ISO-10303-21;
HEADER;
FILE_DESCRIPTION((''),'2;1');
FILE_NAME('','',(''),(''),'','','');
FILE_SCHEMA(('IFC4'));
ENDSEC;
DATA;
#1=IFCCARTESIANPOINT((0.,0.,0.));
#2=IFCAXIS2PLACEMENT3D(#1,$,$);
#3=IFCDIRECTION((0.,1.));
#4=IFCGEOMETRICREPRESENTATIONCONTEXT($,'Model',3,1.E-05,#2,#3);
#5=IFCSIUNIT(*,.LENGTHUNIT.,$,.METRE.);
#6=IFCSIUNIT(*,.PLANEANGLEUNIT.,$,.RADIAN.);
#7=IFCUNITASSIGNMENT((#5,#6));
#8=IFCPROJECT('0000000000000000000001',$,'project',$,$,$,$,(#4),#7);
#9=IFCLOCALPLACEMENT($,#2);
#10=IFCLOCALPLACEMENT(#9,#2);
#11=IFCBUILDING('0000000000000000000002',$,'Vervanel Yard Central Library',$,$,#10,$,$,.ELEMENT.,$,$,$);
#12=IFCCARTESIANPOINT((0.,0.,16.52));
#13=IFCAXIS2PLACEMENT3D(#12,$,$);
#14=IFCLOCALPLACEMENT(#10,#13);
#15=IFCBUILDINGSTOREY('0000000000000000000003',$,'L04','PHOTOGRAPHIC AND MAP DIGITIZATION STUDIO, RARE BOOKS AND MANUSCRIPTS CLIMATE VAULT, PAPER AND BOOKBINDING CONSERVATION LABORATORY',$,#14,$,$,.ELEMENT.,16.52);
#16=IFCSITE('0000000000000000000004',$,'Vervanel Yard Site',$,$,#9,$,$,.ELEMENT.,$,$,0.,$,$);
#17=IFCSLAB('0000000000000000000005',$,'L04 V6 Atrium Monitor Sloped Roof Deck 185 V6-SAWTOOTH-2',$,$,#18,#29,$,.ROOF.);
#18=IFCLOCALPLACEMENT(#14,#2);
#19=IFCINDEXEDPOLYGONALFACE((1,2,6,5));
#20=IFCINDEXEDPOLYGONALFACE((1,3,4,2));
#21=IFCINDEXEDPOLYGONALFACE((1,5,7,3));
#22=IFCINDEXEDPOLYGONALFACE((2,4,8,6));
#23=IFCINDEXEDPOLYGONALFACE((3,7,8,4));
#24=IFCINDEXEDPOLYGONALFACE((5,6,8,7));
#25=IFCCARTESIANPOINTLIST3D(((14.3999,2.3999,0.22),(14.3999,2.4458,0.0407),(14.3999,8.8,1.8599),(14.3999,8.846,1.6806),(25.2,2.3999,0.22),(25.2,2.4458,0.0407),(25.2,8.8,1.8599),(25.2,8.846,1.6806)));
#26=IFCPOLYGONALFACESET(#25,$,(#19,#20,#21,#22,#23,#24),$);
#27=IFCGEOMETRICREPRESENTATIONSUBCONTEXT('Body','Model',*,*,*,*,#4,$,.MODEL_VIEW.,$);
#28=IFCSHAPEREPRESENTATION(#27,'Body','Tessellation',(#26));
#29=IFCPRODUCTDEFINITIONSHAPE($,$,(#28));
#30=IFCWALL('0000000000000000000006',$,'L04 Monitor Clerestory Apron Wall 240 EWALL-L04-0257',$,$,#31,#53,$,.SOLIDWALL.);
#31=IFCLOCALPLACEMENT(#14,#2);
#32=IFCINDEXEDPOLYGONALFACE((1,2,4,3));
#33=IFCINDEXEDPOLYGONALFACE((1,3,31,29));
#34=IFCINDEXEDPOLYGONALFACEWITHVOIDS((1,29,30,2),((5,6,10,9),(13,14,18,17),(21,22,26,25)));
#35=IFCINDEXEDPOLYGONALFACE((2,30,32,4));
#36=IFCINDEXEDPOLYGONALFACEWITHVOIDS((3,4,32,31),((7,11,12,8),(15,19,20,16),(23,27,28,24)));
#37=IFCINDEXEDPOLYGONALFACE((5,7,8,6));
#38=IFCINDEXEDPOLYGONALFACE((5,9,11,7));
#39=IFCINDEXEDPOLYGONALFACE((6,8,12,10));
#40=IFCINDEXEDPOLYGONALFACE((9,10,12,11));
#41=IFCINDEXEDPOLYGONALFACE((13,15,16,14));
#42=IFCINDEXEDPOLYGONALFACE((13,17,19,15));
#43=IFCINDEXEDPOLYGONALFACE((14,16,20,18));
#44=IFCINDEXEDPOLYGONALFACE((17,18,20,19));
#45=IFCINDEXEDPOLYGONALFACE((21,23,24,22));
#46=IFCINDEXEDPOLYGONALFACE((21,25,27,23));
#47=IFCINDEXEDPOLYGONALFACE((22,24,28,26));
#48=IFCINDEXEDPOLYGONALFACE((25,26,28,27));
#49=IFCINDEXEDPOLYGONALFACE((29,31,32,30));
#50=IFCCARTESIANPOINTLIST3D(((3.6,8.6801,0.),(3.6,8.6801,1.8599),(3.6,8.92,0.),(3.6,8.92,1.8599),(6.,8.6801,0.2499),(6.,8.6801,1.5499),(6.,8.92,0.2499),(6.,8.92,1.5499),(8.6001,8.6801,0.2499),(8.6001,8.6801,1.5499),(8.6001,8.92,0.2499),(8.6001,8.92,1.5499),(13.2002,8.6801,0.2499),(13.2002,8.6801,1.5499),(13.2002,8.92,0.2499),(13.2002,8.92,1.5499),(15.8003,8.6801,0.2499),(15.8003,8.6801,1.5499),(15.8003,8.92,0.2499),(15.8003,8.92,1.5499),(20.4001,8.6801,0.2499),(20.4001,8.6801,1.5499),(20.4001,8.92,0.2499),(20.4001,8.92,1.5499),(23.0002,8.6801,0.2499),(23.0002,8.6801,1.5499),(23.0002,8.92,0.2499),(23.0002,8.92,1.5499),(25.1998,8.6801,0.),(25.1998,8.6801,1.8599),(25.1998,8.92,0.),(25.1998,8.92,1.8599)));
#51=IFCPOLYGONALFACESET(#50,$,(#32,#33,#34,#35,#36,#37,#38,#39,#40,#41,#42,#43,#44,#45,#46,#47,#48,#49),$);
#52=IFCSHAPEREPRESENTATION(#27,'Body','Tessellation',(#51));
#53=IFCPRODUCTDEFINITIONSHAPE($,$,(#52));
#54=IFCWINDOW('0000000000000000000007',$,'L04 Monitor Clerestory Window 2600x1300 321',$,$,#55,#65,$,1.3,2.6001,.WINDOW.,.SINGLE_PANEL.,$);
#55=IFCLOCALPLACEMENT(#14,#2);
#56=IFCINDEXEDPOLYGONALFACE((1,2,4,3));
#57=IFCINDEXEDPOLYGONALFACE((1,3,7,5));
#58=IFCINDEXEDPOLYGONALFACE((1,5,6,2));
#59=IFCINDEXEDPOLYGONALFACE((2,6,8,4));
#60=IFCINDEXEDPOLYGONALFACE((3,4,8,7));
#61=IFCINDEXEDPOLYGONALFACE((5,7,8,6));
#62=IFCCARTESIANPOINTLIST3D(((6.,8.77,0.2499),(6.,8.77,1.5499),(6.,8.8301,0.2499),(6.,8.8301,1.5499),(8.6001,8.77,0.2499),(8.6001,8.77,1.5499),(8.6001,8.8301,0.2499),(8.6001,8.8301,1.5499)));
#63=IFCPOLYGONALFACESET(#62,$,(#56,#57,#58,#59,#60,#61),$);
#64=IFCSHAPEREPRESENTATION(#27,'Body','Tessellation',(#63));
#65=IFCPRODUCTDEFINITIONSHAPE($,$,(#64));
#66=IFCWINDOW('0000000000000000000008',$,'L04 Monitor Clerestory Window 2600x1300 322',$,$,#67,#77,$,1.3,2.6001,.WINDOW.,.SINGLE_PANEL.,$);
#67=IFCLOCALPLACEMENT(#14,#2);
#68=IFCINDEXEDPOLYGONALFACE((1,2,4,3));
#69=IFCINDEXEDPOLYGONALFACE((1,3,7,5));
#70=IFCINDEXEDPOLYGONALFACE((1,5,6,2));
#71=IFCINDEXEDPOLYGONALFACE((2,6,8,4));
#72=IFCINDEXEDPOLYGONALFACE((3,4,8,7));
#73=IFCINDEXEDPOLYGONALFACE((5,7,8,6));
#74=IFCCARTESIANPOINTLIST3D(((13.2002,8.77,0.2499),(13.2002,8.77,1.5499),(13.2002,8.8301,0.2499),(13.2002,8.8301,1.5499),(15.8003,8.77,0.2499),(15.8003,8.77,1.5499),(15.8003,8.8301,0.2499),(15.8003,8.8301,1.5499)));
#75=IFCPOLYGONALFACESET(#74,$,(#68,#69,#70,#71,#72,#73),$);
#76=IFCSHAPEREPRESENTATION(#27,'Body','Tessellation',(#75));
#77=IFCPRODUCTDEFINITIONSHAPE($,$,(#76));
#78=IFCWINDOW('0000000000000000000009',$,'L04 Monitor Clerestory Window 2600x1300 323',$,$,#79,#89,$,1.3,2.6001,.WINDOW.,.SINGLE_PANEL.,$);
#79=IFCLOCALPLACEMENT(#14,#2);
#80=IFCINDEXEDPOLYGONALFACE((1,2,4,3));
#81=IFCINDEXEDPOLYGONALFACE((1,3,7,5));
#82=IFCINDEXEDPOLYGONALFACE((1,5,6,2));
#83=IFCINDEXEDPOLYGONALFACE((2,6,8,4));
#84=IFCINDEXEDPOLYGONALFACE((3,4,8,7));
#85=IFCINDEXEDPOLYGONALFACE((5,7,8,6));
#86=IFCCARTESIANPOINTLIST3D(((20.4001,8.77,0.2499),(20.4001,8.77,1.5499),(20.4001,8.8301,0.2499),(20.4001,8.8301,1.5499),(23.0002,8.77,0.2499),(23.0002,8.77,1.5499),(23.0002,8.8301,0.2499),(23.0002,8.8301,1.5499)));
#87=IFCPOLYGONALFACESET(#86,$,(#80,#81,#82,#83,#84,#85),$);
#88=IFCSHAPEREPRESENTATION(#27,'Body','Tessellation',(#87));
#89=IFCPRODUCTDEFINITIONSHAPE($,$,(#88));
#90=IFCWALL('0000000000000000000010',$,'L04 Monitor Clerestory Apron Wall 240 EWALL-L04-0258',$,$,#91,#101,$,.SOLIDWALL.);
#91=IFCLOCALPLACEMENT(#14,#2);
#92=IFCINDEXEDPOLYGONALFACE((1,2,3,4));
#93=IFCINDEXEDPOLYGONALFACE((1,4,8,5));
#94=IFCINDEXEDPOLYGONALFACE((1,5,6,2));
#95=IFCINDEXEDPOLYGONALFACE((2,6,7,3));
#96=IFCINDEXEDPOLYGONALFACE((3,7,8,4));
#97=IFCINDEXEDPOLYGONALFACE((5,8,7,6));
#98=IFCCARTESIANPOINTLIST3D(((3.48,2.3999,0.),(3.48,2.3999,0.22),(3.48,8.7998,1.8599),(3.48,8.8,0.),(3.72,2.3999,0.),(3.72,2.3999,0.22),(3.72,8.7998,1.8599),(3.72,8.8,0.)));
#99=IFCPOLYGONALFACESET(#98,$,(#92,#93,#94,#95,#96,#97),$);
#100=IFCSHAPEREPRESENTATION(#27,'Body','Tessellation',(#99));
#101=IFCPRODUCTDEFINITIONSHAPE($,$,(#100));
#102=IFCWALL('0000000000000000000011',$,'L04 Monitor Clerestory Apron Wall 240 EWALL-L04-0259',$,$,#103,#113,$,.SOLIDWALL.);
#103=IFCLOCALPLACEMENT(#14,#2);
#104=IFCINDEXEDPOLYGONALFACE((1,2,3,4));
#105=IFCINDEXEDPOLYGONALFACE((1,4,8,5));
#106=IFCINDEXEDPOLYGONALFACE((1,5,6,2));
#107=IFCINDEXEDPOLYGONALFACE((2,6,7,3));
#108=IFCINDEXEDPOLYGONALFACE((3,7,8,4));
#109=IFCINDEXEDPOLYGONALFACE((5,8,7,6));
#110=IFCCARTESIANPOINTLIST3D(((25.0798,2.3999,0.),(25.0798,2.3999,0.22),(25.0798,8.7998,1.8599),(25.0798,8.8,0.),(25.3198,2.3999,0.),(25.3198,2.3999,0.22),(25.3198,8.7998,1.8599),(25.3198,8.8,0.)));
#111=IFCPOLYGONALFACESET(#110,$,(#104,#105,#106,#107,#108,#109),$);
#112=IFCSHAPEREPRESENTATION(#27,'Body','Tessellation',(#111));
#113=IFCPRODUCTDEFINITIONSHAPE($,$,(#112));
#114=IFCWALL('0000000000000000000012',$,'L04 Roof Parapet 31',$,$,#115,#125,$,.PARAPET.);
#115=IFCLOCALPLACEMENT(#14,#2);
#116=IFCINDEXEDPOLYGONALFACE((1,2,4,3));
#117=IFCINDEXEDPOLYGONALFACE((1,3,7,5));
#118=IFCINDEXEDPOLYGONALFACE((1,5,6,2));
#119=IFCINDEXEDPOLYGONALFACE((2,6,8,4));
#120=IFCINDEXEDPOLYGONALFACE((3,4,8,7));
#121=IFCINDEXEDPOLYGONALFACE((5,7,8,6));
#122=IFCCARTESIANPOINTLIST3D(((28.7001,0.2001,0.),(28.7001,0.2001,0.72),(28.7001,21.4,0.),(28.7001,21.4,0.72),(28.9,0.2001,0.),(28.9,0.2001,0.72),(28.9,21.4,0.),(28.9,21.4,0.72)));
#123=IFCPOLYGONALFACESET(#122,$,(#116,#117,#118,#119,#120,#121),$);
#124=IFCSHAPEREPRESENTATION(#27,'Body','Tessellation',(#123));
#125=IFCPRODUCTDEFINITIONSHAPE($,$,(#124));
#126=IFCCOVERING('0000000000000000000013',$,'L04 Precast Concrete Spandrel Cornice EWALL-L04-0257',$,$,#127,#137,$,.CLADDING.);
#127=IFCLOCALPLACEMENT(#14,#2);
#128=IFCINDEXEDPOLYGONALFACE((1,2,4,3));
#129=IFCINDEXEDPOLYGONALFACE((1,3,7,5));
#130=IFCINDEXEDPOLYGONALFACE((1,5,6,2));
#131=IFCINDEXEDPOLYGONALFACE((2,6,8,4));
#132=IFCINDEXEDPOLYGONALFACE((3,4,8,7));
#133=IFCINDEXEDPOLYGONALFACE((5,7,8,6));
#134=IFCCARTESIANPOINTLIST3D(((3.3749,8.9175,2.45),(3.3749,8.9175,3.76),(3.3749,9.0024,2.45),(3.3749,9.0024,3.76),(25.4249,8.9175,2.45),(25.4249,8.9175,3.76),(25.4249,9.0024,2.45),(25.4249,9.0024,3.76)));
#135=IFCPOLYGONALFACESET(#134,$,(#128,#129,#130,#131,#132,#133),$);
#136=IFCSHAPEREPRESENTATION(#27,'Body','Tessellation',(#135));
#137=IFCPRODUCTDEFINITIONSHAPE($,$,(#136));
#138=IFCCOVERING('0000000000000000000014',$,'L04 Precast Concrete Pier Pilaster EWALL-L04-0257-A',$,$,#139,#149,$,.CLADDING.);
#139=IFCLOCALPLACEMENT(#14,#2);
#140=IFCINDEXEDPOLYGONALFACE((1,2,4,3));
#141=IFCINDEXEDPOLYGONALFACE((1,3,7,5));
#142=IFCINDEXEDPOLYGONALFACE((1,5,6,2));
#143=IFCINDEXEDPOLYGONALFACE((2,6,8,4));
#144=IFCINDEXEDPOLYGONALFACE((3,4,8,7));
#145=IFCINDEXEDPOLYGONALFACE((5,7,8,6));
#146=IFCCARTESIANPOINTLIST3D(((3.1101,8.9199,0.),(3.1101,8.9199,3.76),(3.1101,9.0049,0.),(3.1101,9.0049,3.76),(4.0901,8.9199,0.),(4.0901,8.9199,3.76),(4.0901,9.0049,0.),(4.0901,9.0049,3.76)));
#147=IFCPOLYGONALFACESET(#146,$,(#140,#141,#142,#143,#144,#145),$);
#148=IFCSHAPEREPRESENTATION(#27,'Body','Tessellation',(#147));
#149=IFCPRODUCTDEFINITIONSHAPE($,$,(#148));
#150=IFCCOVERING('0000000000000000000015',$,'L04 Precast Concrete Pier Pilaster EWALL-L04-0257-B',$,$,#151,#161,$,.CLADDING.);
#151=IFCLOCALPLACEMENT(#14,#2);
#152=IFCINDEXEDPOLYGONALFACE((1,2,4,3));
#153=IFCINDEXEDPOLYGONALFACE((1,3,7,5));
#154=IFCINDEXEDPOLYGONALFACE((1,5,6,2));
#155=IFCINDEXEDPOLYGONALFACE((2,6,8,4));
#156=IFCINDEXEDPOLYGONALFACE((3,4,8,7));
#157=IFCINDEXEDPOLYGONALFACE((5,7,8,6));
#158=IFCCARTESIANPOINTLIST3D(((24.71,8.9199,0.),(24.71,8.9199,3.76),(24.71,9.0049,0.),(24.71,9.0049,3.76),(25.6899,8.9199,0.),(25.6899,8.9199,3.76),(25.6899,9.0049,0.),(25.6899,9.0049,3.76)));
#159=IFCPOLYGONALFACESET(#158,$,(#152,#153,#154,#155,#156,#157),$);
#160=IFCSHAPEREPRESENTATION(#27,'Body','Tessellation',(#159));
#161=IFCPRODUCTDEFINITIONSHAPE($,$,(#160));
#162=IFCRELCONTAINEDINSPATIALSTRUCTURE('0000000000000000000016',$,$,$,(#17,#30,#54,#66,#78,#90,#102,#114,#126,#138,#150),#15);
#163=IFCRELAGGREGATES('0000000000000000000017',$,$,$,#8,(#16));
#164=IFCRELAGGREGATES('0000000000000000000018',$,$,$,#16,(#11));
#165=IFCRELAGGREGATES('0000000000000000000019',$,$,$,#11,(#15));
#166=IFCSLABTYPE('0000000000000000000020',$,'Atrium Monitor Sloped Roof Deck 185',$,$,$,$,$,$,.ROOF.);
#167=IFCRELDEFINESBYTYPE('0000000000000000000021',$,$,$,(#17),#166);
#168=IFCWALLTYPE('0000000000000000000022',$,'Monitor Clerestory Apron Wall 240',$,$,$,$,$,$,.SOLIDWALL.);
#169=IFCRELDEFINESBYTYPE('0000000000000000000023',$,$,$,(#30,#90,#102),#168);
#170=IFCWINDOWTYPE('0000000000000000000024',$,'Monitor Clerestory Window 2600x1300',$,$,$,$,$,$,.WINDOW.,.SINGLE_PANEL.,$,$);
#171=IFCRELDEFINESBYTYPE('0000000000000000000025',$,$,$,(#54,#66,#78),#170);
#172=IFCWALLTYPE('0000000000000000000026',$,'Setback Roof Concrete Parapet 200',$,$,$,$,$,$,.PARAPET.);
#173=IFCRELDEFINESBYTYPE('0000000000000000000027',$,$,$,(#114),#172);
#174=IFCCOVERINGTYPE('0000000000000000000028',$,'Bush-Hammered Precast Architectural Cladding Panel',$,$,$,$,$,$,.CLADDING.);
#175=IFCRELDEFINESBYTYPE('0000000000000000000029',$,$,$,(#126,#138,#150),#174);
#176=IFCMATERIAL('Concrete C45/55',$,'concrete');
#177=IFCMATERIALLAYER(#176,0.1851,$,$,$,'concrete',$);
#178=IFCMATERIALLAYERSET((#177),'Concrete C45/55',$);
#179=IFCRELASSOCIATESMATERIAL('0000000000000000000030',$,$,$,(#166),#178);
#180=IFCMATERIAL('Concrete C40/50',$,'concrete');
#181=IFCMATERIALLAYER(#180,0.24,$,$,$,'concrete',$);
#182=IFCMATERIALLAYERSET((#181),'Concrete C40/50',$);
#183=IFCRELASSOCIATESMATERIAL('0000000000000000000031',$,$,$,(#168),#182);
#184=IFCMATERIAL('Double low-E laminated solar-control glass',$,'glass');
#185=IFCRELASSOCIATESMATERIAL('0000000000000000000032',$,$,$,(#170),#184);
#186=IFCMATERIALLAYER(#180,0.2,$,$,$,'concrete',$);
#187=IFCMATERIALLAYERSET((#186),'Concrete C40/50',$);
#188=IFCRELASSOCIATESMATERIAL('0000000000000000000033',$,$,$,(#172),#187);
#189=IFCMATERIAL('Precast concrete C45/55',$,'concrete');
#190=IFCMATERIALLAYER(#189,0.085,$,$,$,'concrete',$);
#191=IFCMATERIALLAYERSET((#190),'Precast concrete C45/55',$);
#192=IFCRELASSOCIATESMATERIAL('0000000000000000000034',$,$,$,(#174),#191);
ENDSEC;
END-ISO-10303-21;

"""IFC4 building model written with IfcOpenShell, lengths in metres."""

from ifc_helpers import new_model, si_unit, direction, frame, frame_2d, origin, origin_2d, place, context, subcontext, project, spatial, polyline, rectangle, outline, extrude, material, layer, layer_set, type_object, element, fill, save


model = new_model("IFC4")

# Units and contexts
model_context = context("Model", 3, precision=1e-05, world=origin(), true_north=direction((0.0, 1.0)))
body_context = subcontext(model_context, "Body", "Model", "MODEL_VIEW")
ifc_project = project(units=[si_unit("LENGTHUNIT", "METRE"), si_unit("PLANEANGLEUNIT", "RADIAN")], contexts=[model_context])

# Site, building, storey
site_placement = place(None, origin())
site = spatial("IfcSite", under=ifc_project, at=site_placement, Name="Vervanel Yard Site", CompositionType="ELEMENT", RefElevation=0.0)
building_placement = place(site_placement, origin())
building = spatial("IfcBuilding", under=site, at=building_placement, Name="Vervanel Yard Central Library", CompositionType="ELEMENT")
storey_placement = place(building_placement, frame((0.0, 0.0, 16.52)))
storey = spatial("IfcBuildingStorey", under=building, at=storey_placement, Name="L04", Description="PHOTOGRAPHIC AND MAP DIGITIZATION STUDIO, RARE BOOKS AND MANUSCRIPTS CLIMATE VAULT, PAPER AND BOOKBINDING CONSERVATION LABORATORY", CompositionType="ELEMENT", Elevation=16.52)

# Shared definitions
ifc_material_1 = material(Name="Concrete C45/55", Category="concrete")
ifc_material_2 = material(Name="Concrete C40/50", Category="concrete")

# Slab
ifc_layer_1 = layer(ifc_material_1, 0.1851, Category="concrete")
ifc_layer_set_1 = layer_set([ifc_layer_1], Name="Concrete C45/55")
slab_type = type_object("IfcSlabType", Name="Atrium Monitor Sloped Roof Deck 185", PredefinedType="ROOF", material=ifc_layer_set_1)
slab_1_placement = place(storey_placement, frame((14.3999, 2.3999, 0.22), z_axis=(0.0, -0.248209, 0.968706), x_axis=(1.0, 0.0, 0.0)))
element("IfcSlab", 1, at=slab_1_placement, inside=storey, type_object=slab_type, Name="L04 V6 Atrium Monitor Sloped Roof Deck 185 V6-SAWTOOTH-2", PredefinedType="ROOF", context=body_context, shape_type="SweptSolid", body=[
    extrude(outline(polyline([(0.0, 0.0), (10.8, 0.0), (10.8, 6.6069), (0.0, 6.6069), (0.0, 0.0)])), origin(), (0.0, 0.0, -1.0), 0.1851),
])

# Wall, openings, windows
ifc_layer_2 = layer(ifc_material_2, 0.24, Category="concrete")
ifc_layer_set_2 = layer_set([ifc_layer_2], Name="Concrete C40/50")
wall_type_1 = type_object("IfcWallType", Name="Monitor Clerestory Apron Wall 240", PredefinedType="SOLIDWALL", material=ifc_layer_set_2)
wall_1_placement = place(storey_placement, frame((3.6001, 8.8, 0.0), z_axis=(0.0, 0.0, 1.0), x_axis=(1.0, 0.0, 0.0)))
wall_1 = element("IfcWall", 2, at=wall_1_placement, inside=storey, type_object=wall_type_1, Name="L04 Monitor Clerestory Apron Wall 240 EWALL-L04-0257", PredefinedType="SOLIDWALL", context=body_context, shape_type="SweptSolid", body=[
    extrude(rectangle(XDim=21.5999, YDim=0.24, at=frame_2d((10.7998, 0.0))), origin(), (0.0, 0.0, 1.0), 1.8599),
])
opening_1_placement = place(wall_1_placement, frame((2.3999, 0.0, 0.25)))
opening_1 = element("IfcOpeningElement", 3, at=opening_1_placement, cuts=wall_1, PredefinedType="OPENING", context=body_context, shape_type="SweptSolid", body=[
    extrude(rectangle(XDim=2.6001, YDim=1.3, at=frame_2d((1.3, 0.6499))), frame((0.0, 0.1299, 0.0), z_axis=(0.0, -1.0, 0.0), x_axis=(1.0, 0.0, 0.0)), (0.0, 0.0, 1.0), 0.26),
])
opening_2_placement = place(wall_1_placement, frame((9.6001, 0.0, 0.25)))
opening_2 = element("IfcOpeningElement", 4, at=opening_2_placement, cuts=wall_1, PredefinedType="OPENING", context=body_context, shape_type="SweptSolid", body=[
    extrude(rectangle(XDim=2.6001, YDim=1.3, at=frame_2d((1.3, 0.6499))), frame((0.0, 0.1299, 0.0), z_axis=(0.0, -1.0, 0.0), x_axis=(1.0, 0.0, 0.0)), (0.0, 0.0, 1.0), 0.26),
])
opening_3_placement = place(wall_1_placement, frame((16.8, 0.0, 0.25)))
opening_3 = element("IfcOpeningElement", 5, at=opening_3_placement, cuts=wall_1, PredefinedType="OPENING", context=body_context, shape_type="SweptSolid", body=[
    extrude(rectangle(XDim=2.6001, YDim=1.3, at=frame_2d((1.3, 0.6499))), frame((0.0, 0.1299, 0.0), z_axis=(0.0, -1.0, 0.0), x_axis=(1.0, 0.0, 0.0)), (0.0, 0.0, 1.0), 0.26),
])
ifc_material_3 = material(Name="Double low-E laminated solar-control glass", Category="glass")
window_type = type_object("IfcWindowType", Name="Monitor Clerestory Window 2600x1300", PartitioningType="SINGLE_PANEL", PredefinedType="WINDOW", material=ifc_material_3)
window_1_placement = place(opening_1_placement, origin())
window_1 = element("IfcWindow", 6, at=window_1_placement, inside=storey, type_object=window_type, Name="L04 Monitor Clerestory Window 2600x1300 321", OverallHeight=1.3, OverallWidth=2.6001, PartitioningType="SINGLE_PANEL", PredefinedType="WINDOW", context=body_context, shape_type="SweptSolid", body=[
    extrude(rectangle(XDim=2.6001, YDim=1.3, at=frame_2d((1.3, 0.6499))), frame((0.0, 0.03, 0.0), z_axis=(0.0, -1.0, 0.0), x_axis=(1.0, 0.0, 0.0)), (0.0, 0.0, 1.0), 0.0601),
])
fill(opening_1, window_1)
window_2_placement = place(opening_2_placement, origin())
window_2 = element("IfcWindow", 7, at=window_2_placement, inside=storey, type_object=window_type, Name="L04 Monitor Clerestory Window 2600x1300 322", OverallHeight=1.3, OverallWidth=2.6001, PartitioningType="SINGLE_PANEL", PredefinedType="WINDOW", context=body_context, shape_type="SweptSolid", body=[
    extrude(rectangle(XDim=2.6001, YDim=1.3, at=frame_2d((1.3, 0.6499))), frame((0.0, 0.03, 0.0), z_axis=(0.0, -1.0, 0.0), x_axis=(1.0, 0.0, 0.0)), (0.0, 0.0, 1.0), 0.0601),
])
fill(opening_2, window_2)
window_3_placement = place(opening_3_placement, origin())
window_3 = element("IfcWindow", 8, at=window_3_placement, inside=storey, type_object=window_type, Name="L04 Monitor Clerestory Window 2600x1300 323", OverallHeight=1.3, OverallWidth=2.6001, PartitioningType="SINGLE_PANEL", PredefinedType="WINDOW", context=body_context, shape_type="SweptSolid", body=[
    extrude(rectangle(XDim=2.6001, YDim=1.3, at=frame_2d((1.3, 0.6499))), frame((0.0, 0.03, 0.0), z_axis=(0.0, -1.0, 0.0), x_axis=(1.0, 0.0, 0.0)), (0.0, 0.0, 1.0), 0.0601),
])
fill(opening_3, window_3)

# Walls
for number, where, z_axis, x_axis, name in (
    (9, (3.6001, 2.3999, 0.0), (0.0, 0.0, 1.0), (0.0, 1.0, 0.0), "L04 Monitor Clerestory Apron Wall 240 EWALL-L04-0258"),
    (10, (25.2, 2.3999, 0.0), (0.0, 0.0, 1.0), (0.0, 1.0, 0.0), "L04 Monitor Clerestory Apron Wall 240 EWALL-L04-0259"),
):
    element("IfcWall", number, at=place(storey_placement, frame(where, z_axis=z_axis, x_axis=x_axis)), inside=storey, type_object=wall_type_1, Name=name, PredefinedType="SOLIDWALL", context=body_context, shape_type="SweptSolid", body=[
        extrude(outline(polyline([(0.0, 0.0), (6.4001, 0.0), (6.3999, 1.8599), (0.0, 0.22), (0.0, 0.0)])), frame((0.0, 0.1201, 0.0), z_axis=(0.0, -1.0, 0.0), x_axis=(1.0, 0.0, 0.0)), (0.0, 0.0, 1.0), 0.24),
    ])
ifc_layer_3 = layer(ifc_material_2, 0.2, Category="concrete")
ifc_layer_set_3 = layer_set([ifc_layer_3], Name="Concrete C40/50")
wall_type_2 = type_object("IfcWallType", Name="Setback Roof Concrete Parapet 200", PredefinedType="PARAPET", material=ifc_layer_set_3)
wall_2_placement = place(storey_placement, frame((28.8, 0.2, 0.0), z_axis=(0.0, 0.0, 1.0), x_axis=(0.0, 1.0, 0.0)))
element("IfcWall", 11, at=wall_2_placement, inside=storey, type_object=wall_type_2, Name="L04 Roof Parapet 31", PredefinedType="PARAPET", context=body_context, shape_type="SweptSolid", body=[
    extrude(rectangle(XDim=21.2, YDim=0.2, at=frame_2d((10.6001, 0.0))), origin(), (0.0, 0.0, 1.0), 0.72),
])

# Coverings
ifc_material_4 = material(Name="Precast concrete C45/55", Category="concrete")
ifc_layer_4 = layer(ifc_material_4, 0.085, Category="concrete")
ifc_layer_set_4 = layer_set([ifc_layer_4], Name="Precast concrete C45/55")
covering_type = type_object("IfcCoveringType", Name="Bush-Hammered Precast Architectural Cladding Panel", PredefinedType="CLADDING", material=ifc_layer_set_4)
covering_placement = place(storey_placement, frame((14.3999, 8.96, 2.45), z_axis=(0.0, 0.0, 1.0), x_axis=(1.0, 0.0, 0.0)))
element("IfcCovering", 12, at=covering_placement, inside=storey, type_object=covering_type, Name="L04 Precast Concrete Spandrel Cornice EWALL-L04-0257", PredefinedType="CLADDING", context=body_context, shape_type="SweptSolid", body=[
    extrude(rectangle(XDim=22.05, YDim=0.085, at=origin_2d()), origin(), (0.0, 0.0, 1.0), 1.3101),
])
for number, where, z_axis, x_axis, name in (
    (13, (3.6001, 8.9624, 0.0), (0.0, 0.0, 1.0), (1.0, 0.0, 0.0), "L04 Precast Concrete Pier Pilaster EWALL-L04-0257-A"),
    (14, (25.2, 8.9624, 0.0), (0.0, 0.0, 1.0), (1.0, 0.0, 0.0), "L04 Precast Concrete Pier Pilaster EWALL-L04-0257-B"),
):
    element("IfcCovering", number, at=place(storey_placement, frame(where, z_axis=z_axis, x_axis=x_axis)), inside=storey, type_object=covering_type, Name=name, PredefinedType="CLADDING", context=body_context, shape_type="SweptSolid", body=[
        extrude(rectangle(XDim=0.98, YDim=0.085, at=origin_2d()), origin(), (0.0, 0.0, 1.0), 3.76),
    ])

save(model, "model.ifc")
